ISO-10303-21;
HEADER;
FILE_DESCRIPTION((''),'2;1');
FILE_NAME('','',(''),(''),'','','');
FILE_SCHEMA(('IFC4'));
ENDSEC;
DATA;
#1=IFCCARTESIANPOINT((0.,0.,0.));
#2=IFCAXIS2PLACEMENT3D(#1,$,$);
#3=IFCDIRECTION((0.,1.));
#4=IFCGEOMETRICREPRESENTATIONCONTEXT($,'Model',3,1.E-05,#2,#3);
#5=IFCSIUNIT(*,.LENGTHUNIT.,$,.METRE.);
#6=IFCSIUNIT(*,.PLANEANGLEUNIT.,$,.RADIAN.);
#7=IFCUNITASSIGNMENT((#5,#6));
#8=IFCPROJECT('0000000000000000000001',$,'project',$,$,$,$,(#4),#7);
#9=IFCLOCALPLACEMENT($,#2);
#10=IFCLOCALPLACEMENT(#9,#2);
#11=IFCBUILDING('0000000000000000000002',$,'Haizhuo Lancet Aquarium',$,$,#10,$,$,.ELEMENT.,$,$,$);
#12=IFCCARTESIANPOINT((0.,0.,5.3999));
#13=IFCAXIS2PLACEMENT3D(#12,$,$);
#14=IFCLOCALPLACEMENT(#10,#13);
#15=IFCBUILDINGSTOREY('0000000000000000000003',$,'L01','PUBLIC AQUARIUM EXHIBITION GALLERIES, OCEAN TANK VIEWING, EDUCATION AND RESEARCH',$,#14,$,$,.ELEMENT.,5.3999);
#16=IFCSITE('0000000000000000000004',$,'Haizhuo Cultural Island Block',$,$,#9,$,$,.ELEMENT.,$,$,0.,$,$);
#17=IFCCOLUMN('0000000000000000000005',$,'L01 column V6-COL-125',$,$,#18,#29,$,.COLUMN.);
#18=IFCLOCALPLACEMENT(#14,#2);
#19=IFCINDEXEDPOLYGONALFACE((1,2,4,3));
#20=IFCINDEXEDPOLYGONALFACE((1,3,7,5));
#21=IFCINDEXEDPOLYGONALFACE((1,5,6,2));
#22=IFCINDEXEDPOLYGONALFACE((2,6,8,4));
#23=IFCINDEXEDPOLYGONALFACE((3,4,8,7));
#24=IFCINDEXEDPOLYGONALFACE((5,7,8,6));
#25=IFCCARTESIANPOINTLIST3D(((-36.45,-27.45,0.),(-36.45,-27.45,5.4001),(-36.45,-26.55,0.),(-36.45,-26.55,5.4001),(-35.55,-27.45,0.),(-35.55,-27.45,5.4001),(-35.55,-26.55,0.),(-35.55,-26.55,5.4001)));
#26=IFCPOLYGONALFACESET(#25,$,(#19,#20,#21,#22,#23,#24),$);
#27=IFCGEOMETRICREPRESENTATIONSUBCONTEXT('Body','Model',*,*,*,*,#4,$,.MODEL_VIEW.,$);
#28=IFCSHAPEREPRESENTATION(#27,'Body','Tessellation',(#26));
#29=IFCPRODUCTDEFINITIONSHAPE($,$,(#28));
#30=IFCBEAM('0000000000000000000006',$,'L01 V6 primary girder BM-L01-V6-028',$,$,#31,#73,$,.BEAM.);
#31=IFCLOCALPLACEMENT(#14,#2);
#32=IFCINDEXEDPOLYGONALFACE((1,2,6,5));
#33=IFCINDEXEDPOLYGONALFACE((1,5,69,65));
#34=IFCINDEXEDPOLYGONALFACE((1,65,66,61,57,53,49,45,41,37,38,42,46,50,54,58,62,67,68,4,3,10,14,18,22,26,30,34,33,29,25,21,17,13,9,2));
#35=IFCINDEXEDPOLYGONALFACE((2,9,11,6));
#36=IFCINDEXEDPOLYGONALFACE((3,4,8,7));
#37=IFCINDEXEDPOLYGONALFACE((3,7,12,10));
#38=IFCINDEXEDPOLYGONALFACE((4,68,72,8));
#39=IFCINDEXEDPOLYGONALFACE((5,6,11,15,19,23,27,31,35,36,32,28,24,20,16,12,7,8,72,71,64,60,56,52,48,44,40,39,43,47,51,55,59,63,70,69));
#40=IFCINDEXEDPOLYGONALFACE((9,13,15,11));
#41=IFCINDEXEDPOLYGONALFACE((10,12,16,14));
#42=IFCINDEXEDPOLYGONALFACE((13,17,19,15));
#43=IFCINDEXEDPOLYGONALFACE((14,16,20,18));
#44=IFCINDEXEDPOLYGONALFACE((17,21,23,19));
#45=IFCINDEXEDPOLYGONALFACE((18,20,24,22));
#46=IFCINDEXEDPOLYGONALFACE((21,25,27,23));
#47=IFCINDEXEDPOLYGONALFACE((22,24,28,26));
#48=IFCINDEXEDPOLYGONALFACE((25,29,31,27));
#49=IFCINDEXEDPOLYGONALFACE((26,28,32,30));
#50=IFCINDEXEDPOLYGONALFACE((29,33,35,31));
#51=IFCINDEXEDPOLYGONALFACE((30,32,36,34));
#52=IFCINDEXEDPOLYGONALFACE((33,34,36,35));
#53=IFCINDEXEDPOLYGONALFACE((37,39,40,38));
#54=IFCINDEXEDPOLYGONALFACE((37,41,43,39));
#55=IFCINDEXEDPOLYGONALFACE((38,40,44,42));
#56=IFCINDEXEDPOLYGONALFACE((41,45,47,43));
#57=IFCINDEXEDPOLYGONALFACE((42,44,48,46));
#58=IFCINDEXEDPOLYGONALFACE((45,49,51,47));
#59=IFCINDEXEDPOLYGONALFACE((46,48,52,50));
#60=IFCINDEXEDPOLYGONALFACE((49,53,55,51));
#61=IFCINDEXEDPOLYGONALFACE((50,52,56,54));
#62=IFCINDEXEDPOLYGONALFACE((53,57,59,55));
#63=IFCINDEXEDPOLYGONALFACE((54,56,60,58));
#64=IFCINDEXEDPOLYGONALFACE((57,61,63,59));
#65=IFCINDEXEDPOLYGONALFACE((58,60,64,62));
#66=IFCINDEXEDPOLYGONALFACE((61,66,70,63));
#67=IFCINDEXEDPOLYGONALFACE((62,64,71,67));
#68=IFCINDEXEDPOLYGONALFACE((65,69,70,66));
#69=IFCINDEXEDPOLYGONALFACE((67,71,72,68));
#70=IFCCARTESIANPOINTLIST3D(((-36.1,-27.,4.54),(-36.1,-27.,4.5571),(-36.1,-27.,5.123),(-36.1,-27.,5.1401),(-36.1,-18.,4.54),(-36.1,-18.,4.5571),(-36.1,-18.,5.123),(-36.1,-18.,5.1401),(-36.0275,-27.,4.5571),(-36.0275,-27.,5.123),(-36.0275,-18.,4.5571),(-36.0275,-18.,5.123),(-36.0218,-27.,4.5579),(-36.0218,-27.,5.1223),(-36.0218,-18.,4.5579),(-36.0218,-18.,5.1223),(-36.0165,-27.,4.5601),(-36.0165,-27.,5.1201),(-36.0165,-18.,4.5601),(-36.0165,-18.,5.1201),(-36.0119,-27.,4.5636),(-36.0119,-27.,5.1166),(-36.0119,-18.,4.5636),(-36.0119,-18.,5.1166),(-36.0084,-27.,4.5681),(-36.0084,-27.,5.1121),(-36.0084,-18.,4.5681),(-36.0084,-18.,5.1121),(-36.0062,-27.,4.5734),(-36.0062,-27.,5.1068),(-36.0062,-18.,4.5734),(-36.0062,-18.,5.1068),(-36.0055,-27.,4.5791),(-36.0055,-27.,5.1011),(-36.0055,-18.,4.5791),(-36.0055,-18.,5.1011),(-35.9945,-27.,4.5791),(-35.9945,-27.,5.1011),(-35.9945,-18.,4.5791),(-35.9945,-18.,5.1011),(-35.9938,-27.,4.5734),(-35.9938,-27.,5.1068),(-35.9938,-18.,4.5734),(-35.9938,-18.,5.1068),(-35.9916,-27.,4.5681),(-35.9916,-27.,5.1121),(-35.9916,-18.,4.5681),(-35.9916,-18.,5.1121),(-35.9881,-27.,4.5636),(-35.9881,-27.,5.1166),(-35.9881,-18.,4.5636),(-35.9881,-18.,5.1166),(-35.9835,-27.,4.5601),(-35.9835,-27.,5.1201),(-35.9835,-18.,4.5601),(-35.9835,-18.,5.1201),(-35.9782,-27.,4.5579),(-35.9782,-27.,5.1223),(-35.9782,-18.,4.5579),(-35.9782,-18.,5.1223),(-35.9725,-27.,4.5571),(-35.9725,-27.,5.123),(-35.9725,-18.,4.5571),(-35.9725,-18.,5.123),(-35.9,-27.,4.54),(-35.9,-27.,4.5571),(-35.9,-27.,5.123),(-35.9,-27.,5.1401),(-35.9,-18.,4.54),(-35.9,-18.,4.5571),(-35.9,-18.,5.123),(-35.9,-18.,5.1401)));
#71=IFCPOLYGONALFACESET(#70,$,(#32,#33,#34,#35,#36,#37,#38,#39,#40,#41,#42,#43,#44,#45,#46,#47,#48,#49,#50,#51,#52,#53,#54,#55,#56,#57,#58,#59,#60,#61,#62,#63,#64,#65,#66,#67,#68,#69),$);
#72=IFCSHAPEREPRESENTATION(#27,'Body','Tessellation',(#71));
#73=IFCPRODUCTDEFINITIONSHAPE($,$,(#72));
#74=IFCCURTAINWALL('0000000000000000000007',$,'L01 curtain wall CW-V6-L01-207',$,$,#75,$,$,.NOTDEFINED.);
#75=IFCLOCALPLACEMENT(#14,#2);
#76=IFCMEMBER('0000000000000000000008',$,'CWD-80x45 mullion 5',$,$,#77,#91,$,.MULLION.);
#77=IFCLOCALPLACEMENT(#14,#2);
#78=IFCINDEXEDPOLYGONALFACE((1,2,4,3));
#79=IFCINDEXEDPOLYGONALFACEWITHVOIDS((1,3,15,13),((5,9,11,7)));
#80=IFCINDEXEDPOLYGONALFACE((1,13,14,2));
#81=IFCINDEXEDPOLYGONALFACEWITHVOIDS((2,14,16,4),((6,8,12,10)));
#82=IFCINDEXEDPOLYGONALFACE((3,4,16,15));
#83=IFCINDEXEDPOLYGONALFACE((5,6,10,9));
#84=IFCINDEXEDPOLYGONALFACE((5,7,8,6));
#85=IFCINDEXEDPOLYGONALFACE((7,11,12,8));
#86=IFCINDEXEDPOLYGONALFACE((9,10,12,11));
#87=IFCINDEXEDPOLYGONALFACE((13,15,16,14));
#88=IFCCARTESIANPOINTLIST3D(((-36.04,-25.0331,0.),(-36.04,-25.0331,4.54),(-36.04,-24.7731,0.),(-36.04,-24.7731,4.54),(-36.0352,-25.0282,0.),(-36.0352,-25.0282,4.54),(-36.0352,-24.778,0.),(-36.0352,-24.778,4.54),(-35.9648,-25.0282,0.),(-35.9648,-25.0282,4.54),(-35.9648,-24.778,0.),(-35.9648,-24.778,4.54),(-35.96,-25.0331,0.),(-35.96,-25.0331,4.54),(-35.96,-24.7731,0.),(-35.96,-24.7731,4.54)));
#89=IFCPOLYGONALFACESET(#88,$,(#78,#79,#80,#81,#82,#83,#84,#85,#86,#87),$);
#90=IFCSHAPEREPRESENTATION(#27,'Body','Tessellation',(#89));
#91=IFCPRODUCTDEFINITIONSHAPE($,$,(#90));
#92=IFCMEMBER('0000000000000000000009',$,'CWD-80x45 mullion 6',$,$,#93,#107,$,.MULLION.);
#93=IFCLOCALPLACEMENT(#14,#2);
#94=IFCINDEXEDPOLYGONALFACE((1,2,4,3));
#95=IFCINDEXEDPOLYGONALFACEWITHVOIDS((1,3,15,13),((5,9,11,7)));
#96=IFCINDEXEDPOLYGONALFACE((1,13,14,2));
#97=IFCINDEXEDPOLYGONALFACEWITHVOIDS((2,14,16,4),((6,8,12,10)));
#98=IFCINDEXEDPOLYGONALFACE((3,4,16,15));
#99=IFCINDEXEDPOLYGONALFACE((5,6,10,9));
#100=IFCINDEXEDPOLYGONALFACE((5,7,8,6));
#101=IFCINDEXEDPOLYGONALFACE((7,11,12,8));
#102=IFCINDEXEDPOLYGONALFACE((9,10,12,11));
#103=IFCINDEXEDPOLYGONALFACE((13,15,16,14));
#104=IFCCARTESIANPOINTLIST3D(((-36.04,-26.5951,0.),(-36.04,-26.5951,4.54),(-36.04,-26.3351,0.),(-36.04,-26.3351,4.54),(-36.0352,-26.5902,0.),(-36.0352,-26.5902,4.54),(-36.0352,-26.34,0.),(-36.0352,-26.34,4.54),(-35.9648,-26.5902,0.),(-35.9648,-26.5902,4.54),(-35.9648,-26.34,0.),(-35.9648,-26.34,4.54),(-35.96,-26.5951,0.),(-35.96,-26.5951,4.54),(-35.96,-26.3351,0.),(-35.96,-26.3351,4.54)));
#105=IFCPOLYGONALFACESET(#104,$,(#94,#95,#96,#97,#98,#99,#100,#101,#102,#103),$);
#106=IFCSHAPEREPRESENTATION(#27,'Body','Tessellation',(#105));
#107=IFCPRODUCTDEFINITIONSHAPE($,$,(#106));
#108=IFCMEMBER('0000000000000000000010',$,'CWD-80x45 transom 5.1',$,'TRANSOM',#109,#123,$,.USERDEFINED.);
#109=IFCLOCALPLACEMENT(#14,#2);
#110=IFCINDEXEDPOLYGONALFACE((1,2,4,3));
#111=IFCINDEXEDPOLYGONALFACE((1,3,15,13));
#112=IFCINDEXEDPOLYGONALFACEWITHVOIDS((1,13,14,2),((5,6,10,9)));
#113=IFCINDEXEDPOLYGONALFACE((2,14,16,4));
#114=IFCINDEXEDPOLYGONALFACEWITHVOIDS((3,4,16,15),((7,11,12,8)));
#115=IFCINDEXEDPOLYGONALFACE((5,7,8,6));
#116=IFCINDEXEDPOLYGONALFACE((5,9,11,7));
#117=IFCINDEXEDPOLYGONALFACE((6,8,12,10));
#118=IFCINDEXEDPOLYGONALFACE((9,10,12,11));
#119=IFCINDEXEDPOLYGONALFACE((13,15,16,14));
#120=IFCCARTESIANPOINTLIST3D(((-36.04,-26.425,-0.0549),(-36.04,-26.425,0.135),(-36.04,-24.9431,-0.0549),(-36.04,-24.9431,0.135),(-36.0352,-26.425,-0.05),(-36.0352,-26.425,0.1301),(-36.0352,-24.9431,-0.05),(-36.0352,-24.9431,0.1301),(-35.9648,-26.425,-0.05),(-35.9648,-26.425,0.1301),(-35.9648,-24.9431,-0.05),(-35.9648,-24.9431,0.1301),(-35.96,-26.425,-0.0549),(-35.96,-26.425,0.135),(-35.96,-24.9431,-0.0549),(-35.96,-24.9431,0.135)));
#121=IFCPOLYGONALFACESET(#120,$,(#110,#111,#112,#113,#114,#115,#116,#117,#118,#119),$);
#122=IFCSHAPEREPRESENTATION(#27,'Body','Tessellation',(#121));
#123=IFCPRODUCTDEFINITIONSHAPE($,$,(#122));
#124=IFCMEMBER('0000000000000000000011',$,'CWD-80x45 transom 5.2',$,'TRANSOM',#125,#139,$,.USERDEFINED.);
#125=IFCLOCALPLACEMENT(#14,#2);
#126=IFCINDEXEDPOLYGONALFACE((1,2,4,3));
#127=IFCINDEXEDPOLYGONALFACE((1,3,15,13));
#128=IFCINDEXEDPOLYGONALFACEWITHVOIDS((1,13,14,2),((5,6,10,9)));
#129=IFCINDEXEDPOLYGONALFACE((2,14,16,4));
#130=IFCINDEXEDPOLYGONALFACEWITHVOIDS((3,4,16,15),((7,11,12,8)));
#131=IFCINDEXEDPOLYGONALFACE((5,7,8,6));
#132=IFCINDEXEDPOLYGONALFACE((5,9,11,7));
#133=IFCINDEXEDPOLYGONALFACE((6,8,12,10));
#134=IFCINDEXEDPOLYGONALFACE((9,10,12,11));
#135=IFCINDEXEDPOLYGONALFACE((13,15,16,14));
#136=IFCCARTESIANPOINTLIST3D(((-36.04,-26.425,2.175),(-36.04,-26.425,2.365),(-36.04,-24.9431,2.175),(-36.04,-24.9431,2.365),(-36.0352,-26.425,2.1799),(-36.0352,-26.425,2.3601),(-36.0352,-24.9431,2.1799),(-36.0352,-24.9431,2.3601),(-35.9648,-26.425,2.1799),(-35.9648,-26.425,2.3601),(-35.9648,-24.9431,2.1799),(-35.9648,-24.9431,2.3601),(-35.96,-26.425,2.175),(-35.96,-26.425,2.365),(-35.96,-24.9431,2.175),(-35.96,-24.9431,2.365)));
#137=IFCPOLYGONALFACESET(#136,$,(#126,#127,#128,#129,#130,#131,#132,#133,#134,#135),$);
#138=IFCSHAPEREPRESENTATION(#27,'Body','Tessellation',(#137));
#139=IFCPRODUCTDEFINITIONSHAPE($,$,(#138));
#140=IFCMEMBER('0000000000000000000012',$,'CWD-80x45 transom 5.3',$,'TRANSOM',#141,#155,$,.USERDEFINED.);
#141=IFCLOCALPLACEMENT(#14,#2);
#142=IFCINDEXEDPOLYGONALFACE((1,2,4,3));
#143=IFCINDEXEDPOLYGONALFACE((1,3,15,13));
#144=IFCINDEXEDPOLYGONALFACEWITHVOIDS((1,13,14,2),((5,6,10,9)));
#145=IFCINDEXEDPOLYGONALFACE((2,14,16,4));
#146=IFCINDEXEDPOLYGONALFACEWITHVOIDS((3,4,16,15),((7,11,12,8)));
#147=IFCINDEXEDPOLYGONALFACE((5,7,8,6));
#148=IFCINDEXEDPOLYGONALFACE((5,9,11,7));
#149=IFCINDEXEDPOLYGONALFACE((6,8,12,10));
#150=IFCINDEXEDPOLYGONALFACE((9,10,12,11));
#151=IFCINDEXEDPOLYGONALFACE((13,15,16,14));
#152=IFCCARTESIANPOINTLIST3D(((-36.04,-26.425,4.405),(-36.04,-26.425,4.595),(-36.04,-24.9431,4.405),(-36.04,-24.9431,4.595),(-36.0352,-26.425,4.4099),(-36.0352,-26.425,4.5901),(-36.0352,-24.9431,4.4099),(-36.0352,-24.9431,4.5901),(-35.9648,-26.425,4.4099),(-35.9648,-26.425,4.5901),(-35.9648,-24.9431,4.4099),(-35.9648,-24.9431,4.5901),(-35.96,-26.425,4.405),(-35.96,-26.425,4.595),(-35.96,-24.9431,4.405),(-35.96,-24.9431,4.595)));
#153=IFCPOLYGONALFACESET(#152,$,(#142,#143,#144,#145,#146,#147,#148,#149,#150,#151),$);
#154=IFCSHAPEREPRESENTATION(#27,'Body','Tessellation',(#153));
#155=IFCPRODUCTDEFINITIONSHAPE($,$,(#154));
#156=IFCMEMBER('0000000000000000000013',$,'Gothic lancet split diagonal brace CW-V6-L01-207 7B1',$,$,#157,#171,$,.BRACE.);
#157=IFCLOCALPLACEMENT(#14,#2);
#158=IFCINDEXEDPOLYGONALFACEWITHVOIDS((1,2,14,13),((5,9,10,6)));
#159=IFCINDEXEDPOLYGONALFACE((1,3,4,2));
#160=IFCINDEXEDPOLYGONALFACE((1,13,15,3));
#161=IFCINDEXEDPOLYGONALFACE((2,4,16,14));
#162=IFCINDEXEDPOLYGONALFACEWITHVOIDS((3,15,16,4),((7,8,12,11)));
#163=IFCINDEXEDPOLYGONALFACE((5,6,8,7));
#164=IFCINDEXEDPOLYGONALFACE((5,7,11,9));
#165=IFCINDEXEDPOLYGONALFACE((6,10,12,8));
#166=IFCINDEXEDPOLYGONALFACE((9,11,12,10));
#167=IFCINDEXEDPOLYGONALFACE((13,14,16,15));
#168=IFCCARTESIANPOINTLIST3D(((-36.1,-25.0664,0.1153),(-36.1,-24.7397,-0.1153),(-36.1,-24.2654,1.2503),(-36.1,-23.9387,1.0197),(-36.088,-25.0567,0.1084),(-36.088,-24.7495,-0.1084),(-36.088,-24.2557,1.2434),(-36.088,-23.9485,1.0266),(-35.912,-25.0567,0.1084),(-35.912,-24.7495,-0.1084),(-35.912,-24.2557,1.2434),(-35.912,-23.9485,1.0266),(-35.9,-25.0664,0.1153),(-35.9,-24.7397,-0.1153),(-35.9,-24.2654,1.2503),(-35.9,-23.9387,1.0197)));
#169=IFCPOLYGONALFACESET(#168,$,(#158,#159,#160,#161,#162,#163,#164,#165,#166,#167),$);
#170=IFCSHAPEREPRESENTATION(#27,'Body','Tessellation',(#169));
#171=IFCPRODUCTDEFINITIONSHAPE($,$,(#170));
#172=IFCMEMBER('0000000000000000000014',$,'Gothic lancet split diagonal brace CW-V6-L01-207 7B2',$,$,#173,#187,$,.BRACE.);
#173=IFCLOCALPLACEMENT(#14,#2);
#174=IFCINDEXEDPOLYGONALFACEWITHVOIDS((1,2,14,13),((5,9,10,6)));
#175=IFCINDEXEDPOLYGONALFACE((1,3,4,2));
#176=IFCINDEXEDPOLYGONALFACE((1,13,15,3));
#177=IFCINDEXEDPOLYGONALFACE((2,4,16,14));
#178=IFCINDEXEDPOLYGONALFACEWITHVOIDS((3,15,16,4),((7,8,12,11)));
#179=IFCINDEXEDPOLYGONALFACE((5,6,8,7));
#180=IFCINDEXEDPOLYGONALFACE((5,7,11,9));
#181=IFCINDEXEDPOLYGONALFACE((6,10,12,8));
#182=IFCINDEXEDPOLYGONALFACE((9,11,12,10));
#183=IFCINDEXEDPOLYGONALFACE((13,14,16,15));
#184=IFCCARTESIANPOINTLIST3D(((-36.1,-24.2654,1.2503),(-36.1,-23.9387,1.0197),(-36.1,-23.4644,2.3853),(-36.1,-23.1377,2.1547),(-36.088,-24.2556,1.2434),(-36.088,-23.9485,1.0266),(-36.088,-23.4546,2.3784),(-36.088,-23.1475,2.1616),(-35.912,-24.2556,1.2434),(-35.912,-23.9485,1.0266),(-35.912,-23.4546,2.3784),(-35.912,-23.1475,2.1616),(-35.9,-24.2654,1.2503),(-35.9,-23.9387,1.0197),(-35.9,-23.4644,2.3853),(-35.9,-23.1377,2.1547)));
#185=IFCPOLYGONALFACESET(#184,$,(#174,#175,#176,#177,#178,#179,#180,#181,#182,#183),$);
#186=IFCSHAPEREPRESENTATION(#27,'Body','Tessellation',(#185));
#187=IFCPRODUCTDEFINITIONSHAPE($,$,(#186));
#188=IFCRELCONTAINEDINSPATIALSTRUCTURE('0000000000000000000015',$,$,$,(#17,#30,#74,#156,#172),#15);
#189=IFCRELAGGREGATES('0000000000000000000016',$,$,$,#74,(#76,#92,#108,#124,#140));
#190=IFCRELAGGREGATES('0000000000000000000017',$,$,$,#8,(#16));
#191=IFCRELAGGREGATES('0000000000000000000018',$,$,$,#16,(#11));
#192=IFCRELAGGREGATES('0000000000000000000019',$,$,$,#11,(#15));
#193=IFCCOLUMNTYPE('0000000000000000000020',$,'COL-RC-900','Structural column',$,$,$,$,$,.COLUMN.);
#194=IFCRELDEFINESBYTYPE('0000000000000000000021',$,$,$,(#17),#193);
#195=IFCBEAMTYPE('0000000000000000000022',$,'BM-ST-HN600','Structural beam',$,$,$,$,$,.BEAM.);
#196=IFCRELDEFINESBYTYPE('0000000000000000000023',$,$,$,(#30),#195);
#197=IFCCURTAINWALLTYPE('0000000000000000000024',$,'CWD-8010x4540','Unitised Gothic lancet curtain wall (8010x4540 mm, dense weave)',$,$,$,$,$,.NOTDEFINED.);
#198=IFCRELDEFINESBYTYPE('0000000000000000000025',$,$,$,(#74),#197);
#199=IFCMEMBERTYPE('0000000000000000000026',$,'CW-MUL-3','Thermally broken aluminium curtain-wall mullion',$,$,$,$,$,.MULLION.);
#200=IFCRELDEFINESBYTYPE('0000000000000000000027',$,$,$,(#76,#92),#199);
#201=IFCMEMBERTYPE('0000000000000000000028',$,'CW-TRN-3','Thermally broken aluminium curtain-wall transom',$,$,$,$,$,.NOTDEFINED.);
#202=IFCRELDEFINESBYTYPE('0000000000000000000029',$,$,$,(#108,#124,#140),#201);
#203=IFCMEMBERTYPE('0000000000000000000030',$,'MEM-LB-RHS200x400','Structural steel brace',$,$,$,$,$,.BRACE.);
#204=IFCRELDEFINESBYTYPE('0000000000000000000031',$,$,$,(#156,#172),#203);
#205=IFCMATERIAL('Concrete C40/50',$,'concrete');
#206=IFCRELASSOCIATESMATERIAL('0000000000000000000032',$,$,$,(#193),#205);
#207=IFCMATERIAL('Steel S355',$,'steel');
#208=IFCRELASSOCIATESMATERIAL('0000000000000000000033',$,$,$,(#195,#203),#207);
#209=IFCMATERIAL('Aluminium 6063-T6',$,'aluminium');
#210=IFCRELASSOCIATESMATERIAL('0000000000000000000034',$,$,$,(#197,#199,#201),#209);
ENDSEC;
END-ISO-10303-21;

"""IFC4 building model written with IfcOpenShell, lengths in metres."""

from ifc_helpers import new_model, si_unit, direction, frame, origin, origin_2d, place, context, subcontext, project, spatial, rectangle, hollow_rectangle, i_section, extrude, material, material_profile, profile_set, type_object, element, aggregate, save


model = new_model("IFC4")

# Units and contexts
model_context = context("Model", 3, precision=1e-05, world=origin(), true_north=direction((0.0, 1.0)))
body_context = subcontext(model_context, "Body", "Model", "MODEL_VIEW")
ifc_project = project(units=[si_unit("LENGTHUNIT", "METRE"), si_unit("PLANEANGLEUNIT", "RADIAN")], contexts=[model_context])

# Site, building, storey
site_placement = place(None, origin())
site = spatial("IfcSite", under=ifc_project, at=site_placement, Name="Haizhuo Cultural Island Block", CompositionType="ELEMENT", RefElevation=0.0)
building_placement = place(site_placement, origin())
building = spatial("IfcBuilding", under=site, at=building_placement, Name="Haizhuo Lancet Aquarium", CompositionType="ELEMENT")
storey_placement = place(building_placement, frame((0.0, 0.0, 5.3999)))
storey = spatial("IfcBuildingStorey", under=building, at=storey_placement, Name="L01", Description="PUBLIC AQUARIUM EXHIBITION GALLERIES, OCEAN TANK VIEWING, EDUCATION AND RESEARCH", CompositionType="ELEMENT", Elevation=5.3999)

# Column
ifc_material_1 = material(Name="Concrete C40/50", Category="concrete")
ifc_material_profile_1 = material_profile(ifc_material_1, rectangle(XDim=0.8999, YDim=0.8999, at=origin_2d()), Name="RC-COL 900x900")
ifc_profile_set_1 = profile_set([ifc_material_profile_1], Name="Concrete C40/50")
column_type = type_object("IfcColumnType", Name="COL-RC-900", Description="Structural column", PredefinedType="COLUMN", material=ifc_profile_set_1)
column_placement = place(storey_placement, frame((-36.0, -27.0, 0.0), z_axis=(0.0, 0.0, 1.0), x_axis=(1.0, 0.0, 0.0)))
element("IfcColumn", 1, at=column_placement, inside=storey, type_object=column_type, Name="L01 column V6-COL-125", PredefinedType="COLUMN", context=body_context, shape_type="SweptSolid", body=[
    extrude(rectangle(XDim=0.8999, YDim=0.8999, at=origin_2d()), origin(), (0.0, 0.0, 1.0), 5.4001),
])

# Beam
ifc_material_2 = material(Name="Steel S355", Category="steel")
ifc_material_profile_2 = material_profile(ifc_material_2, i_section(OverallWidth=0.2, OverallDepth=0.6001, WebThickness=0.011, FlangeThickness=0.0171, FilletRadius=0.022, at=origin_2d()), Name="HN 600x200x11x17")
ifc_profile_set_2 = profile_set([ifc_material_profile_2], Name="Steel S355")
beam_type = type_object("IfcBeamType", Name="BM-ST-HN600", Description="Structural beam", PredefinedType="BEAM", material=ifc_profile_set_2)
beam_placement = place(storey_placement, frame((-36.0, -27.0, 4.8401), z_axis=(0.0, 1.0, 0.0), x_axis=(-1.0, 0.0, 0.0)))
element("IfcBeam", 2, at=beam_placement, inside=storey, type_object=beam_type, Name="L01 V6 primary girder BM-L01-V6-028", PredefinedType="BEAM", context=body_context, shape_type="SweptSolid", body=[
    extrude(i_section(OverallWidth=0.2, OverallDepth=0.6001, WebThickness=0.011, FlangeThickness=0.0171, FilletRadius=0.022, at=origin_2d()), origin(), (0.0, 0.0, 1.0), 9.0),
])

# Curtain wall, members
ifc_material_3 = material(Name="Aluminium 6063-T6", Category="aluminium")
curtain_wall_type = type_object("IfcCurtainWallType", Name="CWD-8010x4540", Description="Unitised Gothic lancet curtain wall (8010x4540 mm, dense weave)", PredefinedType="NOTDEFINED", material=ifc_material_3)
curtain_wall_placement = place(storey_placement, origin())
curtain_wall = element("IfcCurtainWall", 3, at=curtain_wall_placement, inside=storey, type_object=curtain_wall_type, Name="L01 curtain wall CW-V6-L01-207", PredefinedType="NOTDEFINED")
ifc_material_profile_3 = material_profile(ifc_material_3, hollow_rectangle(XDim=0.0801, YDim=0.26, WallThickness=0.0049, at=origin_2d()), Name="ALU-M 80x260x5")
ifc_profile_set_3 = profile_set([ifc_material_profile_3], Name="Aluminium 6063-T6")
member_type_1 = type_object("IfcMemberType", Name="CW-MUL-3", Description="Thermally broken aluminium curtain-wall mullion", PredefinedType="MULLION", material=ifc_profile_set_3)
member_1_placement = place(storey_placement, frame((-36.0, -24.9031, 0.0), z_axis=(0.0, 0.0, 1.0), x_axis=(1.0, 0.0, 0.0)))
member_1 = element("IfcMember", 4, at=member_1_placement, type_object=member_type_1, Name="CWD-80x45 mullion 5", PredefinedType="MULLION", context=body_context, shape_type="SweptSolid", body=[
    extrude(hollow_rectangle(XDim=0.0801, YDim=0.26, WallThickness=0.0049, at=origin_2d()), origin(), (0.0, 0.0, 1.0), 4.54),
])
member_2_placement = place(storey_placement, frame((-36.0, -26.4651, 0.0), z_axis=(0.0, 0.0, 1.0), x_axis=(1.0, 0.0, 0.0)))
member_2 = element("IfcMember", 5, at=member_2_placement, type_object=member_type_1, Name="CWD-80x45 mullion 6", PredefinedType="MULLION", context=body_context, shape_type="SweptSolid", body=[
    extrude(hollow_rectangle(XDim=0.0801, YDim=0.26, WallThickness=0.0049, at=origin_2d()), origin(), (0.0, 0.0, 1.0), 4.54),
])
ifc_material_profile_4 = material_profile(ifc_material_3, hollow_rectangle(XDim=0.0801, YDim=0.1899, WallThickness=0.0049, at=origin_2d()), Name="ALU-T 80x190x5")
ifc_profile_set_4 = profile_set([ifc_material_profile_4], Name="Aluminium 6063-T6")
member_type_2 = type_object("IfcMemberType", Name="CW-TRN-3", Description="Thermally broken aluminium curtain-wall transom", PredefinedType="NOTDEFINED", material=ifc_profile_set_4)
member_3_placement = place(storey_placement, frame((-36.0, -24.9431, 0.04), z_axis=(0.0, -1.0, 0.0), x_axis=(1.0, 0.0, 0.0)))
member_3 = element("IfcMember", 6, at=member_3_placement, type_object=member_type_2, Name="CWD-80x45 transom 5.1", ObjectType="TRANSOM", PredefinedType="USERDEFINED", context=body_context, shape_type="SweptSolid", body=[
    extrude(hollow_rectangle(XDim=0.0801, YDim=0.1899, WallThickness=0.0049, at=origin_2d()), origin(), (0.0, 0.0, 1.0), 1.4819),
])
member_4_placement = place(storey_placement, frame((-36.0, -24.9431, 2.27), z_axis=(0.0, -1.0, 0.0), x_axis=(1.0, 0.0, 0.0)))
member_4 = element("IfcMember", 7, at=member_4_placement, type_object=member_type_2, Name="CWD-80x45 transom 5.2", ObjectType="TRANSOM", PredefinedType="USERDEFINED", context=body_context, shape_type="SweptSolid", body=[
    extrude(hollow_rectangle(XDim=0.0801, YDim=0.1899, WallThickness=0.0049, at=origin_2d()), origin(), (0.0, 0.0, 1.0), 1.4819),
])
member_5_placement = place(storey_placement, frame((-36.0, -24.9431, 4.5), z_axis=(0.0, -1.0, 0.0), x_axis=(1.0, 0.0, 0.0)))
member_5 = element("IfcMember", 8, at=member_5_placement, type_object=member_type_2, Name="CWD-80x45 transom 5.3", ObjectType="TRANSOM", PredefinedType="USERDEFINED", context=body_context, shape_type="SweptSolid", body=[
    extrude(hollow_rectangle(XDim=0.0801, YDim=0.1899, WallThickness=0.0049, at=origin_2d()), origin(), (0.0, 0.0, 1.0), 1.4819),
])

# Members
ifc_material_profile_5 = material_profile(ifc_material_2, hollow_rectangle(XDim=0.2, YDim=0.3999, WallThickness=0.012, at=origin_2d()), Name="RHS 200x400x12")
ifc_profile_set_5 = profile_set([ifc_material_profile_5], Name="Steel S355")
member_type_3 = type_object("IfcMemberType", Name="MEM-LB-RHS200x400", Description="Structural steel brace", PredefinedType="BRACE", material=ifc_profile_set_5)
for number, where, z_axis, x_axis, name in (
    (9, (-36.0, -24.9031, 0.0), (0.0, 0.576607, 0.817021), (-1.0, 0.0, 0.0), "Gothic lancet split diagonal brace CW-V6-L01-207 7B1"),
    (10, (-36.0, -24.1021, 1.135), (0.0, 0.576607, 0.817021), (-1.0, 0.0, 0.0), "Gothic lancet split diagonal brace CW-V6-L01-207 7B2"),
):
    element("IfcMember", number, at=place(storey_placement, frame(where, z_axis=z_axis, x_axis=x_axis)), inside=storey, type_object=member_type_3, Name=name, PredefinedType="BRACE", context=body_context, shape_type="SweptSolid", body=[
        extrude(hollow_rectangle(XDim=0.2, YDim=0.3999, WallThickness=0.012, at=origin_2d()), origin(), (0.0, 0.0, 1.0), 1.3892),
    ])

aggregate(curtain_wall, [member_1, member_2, member_3, member_4, member_5])

save(model, "model.ifc")
